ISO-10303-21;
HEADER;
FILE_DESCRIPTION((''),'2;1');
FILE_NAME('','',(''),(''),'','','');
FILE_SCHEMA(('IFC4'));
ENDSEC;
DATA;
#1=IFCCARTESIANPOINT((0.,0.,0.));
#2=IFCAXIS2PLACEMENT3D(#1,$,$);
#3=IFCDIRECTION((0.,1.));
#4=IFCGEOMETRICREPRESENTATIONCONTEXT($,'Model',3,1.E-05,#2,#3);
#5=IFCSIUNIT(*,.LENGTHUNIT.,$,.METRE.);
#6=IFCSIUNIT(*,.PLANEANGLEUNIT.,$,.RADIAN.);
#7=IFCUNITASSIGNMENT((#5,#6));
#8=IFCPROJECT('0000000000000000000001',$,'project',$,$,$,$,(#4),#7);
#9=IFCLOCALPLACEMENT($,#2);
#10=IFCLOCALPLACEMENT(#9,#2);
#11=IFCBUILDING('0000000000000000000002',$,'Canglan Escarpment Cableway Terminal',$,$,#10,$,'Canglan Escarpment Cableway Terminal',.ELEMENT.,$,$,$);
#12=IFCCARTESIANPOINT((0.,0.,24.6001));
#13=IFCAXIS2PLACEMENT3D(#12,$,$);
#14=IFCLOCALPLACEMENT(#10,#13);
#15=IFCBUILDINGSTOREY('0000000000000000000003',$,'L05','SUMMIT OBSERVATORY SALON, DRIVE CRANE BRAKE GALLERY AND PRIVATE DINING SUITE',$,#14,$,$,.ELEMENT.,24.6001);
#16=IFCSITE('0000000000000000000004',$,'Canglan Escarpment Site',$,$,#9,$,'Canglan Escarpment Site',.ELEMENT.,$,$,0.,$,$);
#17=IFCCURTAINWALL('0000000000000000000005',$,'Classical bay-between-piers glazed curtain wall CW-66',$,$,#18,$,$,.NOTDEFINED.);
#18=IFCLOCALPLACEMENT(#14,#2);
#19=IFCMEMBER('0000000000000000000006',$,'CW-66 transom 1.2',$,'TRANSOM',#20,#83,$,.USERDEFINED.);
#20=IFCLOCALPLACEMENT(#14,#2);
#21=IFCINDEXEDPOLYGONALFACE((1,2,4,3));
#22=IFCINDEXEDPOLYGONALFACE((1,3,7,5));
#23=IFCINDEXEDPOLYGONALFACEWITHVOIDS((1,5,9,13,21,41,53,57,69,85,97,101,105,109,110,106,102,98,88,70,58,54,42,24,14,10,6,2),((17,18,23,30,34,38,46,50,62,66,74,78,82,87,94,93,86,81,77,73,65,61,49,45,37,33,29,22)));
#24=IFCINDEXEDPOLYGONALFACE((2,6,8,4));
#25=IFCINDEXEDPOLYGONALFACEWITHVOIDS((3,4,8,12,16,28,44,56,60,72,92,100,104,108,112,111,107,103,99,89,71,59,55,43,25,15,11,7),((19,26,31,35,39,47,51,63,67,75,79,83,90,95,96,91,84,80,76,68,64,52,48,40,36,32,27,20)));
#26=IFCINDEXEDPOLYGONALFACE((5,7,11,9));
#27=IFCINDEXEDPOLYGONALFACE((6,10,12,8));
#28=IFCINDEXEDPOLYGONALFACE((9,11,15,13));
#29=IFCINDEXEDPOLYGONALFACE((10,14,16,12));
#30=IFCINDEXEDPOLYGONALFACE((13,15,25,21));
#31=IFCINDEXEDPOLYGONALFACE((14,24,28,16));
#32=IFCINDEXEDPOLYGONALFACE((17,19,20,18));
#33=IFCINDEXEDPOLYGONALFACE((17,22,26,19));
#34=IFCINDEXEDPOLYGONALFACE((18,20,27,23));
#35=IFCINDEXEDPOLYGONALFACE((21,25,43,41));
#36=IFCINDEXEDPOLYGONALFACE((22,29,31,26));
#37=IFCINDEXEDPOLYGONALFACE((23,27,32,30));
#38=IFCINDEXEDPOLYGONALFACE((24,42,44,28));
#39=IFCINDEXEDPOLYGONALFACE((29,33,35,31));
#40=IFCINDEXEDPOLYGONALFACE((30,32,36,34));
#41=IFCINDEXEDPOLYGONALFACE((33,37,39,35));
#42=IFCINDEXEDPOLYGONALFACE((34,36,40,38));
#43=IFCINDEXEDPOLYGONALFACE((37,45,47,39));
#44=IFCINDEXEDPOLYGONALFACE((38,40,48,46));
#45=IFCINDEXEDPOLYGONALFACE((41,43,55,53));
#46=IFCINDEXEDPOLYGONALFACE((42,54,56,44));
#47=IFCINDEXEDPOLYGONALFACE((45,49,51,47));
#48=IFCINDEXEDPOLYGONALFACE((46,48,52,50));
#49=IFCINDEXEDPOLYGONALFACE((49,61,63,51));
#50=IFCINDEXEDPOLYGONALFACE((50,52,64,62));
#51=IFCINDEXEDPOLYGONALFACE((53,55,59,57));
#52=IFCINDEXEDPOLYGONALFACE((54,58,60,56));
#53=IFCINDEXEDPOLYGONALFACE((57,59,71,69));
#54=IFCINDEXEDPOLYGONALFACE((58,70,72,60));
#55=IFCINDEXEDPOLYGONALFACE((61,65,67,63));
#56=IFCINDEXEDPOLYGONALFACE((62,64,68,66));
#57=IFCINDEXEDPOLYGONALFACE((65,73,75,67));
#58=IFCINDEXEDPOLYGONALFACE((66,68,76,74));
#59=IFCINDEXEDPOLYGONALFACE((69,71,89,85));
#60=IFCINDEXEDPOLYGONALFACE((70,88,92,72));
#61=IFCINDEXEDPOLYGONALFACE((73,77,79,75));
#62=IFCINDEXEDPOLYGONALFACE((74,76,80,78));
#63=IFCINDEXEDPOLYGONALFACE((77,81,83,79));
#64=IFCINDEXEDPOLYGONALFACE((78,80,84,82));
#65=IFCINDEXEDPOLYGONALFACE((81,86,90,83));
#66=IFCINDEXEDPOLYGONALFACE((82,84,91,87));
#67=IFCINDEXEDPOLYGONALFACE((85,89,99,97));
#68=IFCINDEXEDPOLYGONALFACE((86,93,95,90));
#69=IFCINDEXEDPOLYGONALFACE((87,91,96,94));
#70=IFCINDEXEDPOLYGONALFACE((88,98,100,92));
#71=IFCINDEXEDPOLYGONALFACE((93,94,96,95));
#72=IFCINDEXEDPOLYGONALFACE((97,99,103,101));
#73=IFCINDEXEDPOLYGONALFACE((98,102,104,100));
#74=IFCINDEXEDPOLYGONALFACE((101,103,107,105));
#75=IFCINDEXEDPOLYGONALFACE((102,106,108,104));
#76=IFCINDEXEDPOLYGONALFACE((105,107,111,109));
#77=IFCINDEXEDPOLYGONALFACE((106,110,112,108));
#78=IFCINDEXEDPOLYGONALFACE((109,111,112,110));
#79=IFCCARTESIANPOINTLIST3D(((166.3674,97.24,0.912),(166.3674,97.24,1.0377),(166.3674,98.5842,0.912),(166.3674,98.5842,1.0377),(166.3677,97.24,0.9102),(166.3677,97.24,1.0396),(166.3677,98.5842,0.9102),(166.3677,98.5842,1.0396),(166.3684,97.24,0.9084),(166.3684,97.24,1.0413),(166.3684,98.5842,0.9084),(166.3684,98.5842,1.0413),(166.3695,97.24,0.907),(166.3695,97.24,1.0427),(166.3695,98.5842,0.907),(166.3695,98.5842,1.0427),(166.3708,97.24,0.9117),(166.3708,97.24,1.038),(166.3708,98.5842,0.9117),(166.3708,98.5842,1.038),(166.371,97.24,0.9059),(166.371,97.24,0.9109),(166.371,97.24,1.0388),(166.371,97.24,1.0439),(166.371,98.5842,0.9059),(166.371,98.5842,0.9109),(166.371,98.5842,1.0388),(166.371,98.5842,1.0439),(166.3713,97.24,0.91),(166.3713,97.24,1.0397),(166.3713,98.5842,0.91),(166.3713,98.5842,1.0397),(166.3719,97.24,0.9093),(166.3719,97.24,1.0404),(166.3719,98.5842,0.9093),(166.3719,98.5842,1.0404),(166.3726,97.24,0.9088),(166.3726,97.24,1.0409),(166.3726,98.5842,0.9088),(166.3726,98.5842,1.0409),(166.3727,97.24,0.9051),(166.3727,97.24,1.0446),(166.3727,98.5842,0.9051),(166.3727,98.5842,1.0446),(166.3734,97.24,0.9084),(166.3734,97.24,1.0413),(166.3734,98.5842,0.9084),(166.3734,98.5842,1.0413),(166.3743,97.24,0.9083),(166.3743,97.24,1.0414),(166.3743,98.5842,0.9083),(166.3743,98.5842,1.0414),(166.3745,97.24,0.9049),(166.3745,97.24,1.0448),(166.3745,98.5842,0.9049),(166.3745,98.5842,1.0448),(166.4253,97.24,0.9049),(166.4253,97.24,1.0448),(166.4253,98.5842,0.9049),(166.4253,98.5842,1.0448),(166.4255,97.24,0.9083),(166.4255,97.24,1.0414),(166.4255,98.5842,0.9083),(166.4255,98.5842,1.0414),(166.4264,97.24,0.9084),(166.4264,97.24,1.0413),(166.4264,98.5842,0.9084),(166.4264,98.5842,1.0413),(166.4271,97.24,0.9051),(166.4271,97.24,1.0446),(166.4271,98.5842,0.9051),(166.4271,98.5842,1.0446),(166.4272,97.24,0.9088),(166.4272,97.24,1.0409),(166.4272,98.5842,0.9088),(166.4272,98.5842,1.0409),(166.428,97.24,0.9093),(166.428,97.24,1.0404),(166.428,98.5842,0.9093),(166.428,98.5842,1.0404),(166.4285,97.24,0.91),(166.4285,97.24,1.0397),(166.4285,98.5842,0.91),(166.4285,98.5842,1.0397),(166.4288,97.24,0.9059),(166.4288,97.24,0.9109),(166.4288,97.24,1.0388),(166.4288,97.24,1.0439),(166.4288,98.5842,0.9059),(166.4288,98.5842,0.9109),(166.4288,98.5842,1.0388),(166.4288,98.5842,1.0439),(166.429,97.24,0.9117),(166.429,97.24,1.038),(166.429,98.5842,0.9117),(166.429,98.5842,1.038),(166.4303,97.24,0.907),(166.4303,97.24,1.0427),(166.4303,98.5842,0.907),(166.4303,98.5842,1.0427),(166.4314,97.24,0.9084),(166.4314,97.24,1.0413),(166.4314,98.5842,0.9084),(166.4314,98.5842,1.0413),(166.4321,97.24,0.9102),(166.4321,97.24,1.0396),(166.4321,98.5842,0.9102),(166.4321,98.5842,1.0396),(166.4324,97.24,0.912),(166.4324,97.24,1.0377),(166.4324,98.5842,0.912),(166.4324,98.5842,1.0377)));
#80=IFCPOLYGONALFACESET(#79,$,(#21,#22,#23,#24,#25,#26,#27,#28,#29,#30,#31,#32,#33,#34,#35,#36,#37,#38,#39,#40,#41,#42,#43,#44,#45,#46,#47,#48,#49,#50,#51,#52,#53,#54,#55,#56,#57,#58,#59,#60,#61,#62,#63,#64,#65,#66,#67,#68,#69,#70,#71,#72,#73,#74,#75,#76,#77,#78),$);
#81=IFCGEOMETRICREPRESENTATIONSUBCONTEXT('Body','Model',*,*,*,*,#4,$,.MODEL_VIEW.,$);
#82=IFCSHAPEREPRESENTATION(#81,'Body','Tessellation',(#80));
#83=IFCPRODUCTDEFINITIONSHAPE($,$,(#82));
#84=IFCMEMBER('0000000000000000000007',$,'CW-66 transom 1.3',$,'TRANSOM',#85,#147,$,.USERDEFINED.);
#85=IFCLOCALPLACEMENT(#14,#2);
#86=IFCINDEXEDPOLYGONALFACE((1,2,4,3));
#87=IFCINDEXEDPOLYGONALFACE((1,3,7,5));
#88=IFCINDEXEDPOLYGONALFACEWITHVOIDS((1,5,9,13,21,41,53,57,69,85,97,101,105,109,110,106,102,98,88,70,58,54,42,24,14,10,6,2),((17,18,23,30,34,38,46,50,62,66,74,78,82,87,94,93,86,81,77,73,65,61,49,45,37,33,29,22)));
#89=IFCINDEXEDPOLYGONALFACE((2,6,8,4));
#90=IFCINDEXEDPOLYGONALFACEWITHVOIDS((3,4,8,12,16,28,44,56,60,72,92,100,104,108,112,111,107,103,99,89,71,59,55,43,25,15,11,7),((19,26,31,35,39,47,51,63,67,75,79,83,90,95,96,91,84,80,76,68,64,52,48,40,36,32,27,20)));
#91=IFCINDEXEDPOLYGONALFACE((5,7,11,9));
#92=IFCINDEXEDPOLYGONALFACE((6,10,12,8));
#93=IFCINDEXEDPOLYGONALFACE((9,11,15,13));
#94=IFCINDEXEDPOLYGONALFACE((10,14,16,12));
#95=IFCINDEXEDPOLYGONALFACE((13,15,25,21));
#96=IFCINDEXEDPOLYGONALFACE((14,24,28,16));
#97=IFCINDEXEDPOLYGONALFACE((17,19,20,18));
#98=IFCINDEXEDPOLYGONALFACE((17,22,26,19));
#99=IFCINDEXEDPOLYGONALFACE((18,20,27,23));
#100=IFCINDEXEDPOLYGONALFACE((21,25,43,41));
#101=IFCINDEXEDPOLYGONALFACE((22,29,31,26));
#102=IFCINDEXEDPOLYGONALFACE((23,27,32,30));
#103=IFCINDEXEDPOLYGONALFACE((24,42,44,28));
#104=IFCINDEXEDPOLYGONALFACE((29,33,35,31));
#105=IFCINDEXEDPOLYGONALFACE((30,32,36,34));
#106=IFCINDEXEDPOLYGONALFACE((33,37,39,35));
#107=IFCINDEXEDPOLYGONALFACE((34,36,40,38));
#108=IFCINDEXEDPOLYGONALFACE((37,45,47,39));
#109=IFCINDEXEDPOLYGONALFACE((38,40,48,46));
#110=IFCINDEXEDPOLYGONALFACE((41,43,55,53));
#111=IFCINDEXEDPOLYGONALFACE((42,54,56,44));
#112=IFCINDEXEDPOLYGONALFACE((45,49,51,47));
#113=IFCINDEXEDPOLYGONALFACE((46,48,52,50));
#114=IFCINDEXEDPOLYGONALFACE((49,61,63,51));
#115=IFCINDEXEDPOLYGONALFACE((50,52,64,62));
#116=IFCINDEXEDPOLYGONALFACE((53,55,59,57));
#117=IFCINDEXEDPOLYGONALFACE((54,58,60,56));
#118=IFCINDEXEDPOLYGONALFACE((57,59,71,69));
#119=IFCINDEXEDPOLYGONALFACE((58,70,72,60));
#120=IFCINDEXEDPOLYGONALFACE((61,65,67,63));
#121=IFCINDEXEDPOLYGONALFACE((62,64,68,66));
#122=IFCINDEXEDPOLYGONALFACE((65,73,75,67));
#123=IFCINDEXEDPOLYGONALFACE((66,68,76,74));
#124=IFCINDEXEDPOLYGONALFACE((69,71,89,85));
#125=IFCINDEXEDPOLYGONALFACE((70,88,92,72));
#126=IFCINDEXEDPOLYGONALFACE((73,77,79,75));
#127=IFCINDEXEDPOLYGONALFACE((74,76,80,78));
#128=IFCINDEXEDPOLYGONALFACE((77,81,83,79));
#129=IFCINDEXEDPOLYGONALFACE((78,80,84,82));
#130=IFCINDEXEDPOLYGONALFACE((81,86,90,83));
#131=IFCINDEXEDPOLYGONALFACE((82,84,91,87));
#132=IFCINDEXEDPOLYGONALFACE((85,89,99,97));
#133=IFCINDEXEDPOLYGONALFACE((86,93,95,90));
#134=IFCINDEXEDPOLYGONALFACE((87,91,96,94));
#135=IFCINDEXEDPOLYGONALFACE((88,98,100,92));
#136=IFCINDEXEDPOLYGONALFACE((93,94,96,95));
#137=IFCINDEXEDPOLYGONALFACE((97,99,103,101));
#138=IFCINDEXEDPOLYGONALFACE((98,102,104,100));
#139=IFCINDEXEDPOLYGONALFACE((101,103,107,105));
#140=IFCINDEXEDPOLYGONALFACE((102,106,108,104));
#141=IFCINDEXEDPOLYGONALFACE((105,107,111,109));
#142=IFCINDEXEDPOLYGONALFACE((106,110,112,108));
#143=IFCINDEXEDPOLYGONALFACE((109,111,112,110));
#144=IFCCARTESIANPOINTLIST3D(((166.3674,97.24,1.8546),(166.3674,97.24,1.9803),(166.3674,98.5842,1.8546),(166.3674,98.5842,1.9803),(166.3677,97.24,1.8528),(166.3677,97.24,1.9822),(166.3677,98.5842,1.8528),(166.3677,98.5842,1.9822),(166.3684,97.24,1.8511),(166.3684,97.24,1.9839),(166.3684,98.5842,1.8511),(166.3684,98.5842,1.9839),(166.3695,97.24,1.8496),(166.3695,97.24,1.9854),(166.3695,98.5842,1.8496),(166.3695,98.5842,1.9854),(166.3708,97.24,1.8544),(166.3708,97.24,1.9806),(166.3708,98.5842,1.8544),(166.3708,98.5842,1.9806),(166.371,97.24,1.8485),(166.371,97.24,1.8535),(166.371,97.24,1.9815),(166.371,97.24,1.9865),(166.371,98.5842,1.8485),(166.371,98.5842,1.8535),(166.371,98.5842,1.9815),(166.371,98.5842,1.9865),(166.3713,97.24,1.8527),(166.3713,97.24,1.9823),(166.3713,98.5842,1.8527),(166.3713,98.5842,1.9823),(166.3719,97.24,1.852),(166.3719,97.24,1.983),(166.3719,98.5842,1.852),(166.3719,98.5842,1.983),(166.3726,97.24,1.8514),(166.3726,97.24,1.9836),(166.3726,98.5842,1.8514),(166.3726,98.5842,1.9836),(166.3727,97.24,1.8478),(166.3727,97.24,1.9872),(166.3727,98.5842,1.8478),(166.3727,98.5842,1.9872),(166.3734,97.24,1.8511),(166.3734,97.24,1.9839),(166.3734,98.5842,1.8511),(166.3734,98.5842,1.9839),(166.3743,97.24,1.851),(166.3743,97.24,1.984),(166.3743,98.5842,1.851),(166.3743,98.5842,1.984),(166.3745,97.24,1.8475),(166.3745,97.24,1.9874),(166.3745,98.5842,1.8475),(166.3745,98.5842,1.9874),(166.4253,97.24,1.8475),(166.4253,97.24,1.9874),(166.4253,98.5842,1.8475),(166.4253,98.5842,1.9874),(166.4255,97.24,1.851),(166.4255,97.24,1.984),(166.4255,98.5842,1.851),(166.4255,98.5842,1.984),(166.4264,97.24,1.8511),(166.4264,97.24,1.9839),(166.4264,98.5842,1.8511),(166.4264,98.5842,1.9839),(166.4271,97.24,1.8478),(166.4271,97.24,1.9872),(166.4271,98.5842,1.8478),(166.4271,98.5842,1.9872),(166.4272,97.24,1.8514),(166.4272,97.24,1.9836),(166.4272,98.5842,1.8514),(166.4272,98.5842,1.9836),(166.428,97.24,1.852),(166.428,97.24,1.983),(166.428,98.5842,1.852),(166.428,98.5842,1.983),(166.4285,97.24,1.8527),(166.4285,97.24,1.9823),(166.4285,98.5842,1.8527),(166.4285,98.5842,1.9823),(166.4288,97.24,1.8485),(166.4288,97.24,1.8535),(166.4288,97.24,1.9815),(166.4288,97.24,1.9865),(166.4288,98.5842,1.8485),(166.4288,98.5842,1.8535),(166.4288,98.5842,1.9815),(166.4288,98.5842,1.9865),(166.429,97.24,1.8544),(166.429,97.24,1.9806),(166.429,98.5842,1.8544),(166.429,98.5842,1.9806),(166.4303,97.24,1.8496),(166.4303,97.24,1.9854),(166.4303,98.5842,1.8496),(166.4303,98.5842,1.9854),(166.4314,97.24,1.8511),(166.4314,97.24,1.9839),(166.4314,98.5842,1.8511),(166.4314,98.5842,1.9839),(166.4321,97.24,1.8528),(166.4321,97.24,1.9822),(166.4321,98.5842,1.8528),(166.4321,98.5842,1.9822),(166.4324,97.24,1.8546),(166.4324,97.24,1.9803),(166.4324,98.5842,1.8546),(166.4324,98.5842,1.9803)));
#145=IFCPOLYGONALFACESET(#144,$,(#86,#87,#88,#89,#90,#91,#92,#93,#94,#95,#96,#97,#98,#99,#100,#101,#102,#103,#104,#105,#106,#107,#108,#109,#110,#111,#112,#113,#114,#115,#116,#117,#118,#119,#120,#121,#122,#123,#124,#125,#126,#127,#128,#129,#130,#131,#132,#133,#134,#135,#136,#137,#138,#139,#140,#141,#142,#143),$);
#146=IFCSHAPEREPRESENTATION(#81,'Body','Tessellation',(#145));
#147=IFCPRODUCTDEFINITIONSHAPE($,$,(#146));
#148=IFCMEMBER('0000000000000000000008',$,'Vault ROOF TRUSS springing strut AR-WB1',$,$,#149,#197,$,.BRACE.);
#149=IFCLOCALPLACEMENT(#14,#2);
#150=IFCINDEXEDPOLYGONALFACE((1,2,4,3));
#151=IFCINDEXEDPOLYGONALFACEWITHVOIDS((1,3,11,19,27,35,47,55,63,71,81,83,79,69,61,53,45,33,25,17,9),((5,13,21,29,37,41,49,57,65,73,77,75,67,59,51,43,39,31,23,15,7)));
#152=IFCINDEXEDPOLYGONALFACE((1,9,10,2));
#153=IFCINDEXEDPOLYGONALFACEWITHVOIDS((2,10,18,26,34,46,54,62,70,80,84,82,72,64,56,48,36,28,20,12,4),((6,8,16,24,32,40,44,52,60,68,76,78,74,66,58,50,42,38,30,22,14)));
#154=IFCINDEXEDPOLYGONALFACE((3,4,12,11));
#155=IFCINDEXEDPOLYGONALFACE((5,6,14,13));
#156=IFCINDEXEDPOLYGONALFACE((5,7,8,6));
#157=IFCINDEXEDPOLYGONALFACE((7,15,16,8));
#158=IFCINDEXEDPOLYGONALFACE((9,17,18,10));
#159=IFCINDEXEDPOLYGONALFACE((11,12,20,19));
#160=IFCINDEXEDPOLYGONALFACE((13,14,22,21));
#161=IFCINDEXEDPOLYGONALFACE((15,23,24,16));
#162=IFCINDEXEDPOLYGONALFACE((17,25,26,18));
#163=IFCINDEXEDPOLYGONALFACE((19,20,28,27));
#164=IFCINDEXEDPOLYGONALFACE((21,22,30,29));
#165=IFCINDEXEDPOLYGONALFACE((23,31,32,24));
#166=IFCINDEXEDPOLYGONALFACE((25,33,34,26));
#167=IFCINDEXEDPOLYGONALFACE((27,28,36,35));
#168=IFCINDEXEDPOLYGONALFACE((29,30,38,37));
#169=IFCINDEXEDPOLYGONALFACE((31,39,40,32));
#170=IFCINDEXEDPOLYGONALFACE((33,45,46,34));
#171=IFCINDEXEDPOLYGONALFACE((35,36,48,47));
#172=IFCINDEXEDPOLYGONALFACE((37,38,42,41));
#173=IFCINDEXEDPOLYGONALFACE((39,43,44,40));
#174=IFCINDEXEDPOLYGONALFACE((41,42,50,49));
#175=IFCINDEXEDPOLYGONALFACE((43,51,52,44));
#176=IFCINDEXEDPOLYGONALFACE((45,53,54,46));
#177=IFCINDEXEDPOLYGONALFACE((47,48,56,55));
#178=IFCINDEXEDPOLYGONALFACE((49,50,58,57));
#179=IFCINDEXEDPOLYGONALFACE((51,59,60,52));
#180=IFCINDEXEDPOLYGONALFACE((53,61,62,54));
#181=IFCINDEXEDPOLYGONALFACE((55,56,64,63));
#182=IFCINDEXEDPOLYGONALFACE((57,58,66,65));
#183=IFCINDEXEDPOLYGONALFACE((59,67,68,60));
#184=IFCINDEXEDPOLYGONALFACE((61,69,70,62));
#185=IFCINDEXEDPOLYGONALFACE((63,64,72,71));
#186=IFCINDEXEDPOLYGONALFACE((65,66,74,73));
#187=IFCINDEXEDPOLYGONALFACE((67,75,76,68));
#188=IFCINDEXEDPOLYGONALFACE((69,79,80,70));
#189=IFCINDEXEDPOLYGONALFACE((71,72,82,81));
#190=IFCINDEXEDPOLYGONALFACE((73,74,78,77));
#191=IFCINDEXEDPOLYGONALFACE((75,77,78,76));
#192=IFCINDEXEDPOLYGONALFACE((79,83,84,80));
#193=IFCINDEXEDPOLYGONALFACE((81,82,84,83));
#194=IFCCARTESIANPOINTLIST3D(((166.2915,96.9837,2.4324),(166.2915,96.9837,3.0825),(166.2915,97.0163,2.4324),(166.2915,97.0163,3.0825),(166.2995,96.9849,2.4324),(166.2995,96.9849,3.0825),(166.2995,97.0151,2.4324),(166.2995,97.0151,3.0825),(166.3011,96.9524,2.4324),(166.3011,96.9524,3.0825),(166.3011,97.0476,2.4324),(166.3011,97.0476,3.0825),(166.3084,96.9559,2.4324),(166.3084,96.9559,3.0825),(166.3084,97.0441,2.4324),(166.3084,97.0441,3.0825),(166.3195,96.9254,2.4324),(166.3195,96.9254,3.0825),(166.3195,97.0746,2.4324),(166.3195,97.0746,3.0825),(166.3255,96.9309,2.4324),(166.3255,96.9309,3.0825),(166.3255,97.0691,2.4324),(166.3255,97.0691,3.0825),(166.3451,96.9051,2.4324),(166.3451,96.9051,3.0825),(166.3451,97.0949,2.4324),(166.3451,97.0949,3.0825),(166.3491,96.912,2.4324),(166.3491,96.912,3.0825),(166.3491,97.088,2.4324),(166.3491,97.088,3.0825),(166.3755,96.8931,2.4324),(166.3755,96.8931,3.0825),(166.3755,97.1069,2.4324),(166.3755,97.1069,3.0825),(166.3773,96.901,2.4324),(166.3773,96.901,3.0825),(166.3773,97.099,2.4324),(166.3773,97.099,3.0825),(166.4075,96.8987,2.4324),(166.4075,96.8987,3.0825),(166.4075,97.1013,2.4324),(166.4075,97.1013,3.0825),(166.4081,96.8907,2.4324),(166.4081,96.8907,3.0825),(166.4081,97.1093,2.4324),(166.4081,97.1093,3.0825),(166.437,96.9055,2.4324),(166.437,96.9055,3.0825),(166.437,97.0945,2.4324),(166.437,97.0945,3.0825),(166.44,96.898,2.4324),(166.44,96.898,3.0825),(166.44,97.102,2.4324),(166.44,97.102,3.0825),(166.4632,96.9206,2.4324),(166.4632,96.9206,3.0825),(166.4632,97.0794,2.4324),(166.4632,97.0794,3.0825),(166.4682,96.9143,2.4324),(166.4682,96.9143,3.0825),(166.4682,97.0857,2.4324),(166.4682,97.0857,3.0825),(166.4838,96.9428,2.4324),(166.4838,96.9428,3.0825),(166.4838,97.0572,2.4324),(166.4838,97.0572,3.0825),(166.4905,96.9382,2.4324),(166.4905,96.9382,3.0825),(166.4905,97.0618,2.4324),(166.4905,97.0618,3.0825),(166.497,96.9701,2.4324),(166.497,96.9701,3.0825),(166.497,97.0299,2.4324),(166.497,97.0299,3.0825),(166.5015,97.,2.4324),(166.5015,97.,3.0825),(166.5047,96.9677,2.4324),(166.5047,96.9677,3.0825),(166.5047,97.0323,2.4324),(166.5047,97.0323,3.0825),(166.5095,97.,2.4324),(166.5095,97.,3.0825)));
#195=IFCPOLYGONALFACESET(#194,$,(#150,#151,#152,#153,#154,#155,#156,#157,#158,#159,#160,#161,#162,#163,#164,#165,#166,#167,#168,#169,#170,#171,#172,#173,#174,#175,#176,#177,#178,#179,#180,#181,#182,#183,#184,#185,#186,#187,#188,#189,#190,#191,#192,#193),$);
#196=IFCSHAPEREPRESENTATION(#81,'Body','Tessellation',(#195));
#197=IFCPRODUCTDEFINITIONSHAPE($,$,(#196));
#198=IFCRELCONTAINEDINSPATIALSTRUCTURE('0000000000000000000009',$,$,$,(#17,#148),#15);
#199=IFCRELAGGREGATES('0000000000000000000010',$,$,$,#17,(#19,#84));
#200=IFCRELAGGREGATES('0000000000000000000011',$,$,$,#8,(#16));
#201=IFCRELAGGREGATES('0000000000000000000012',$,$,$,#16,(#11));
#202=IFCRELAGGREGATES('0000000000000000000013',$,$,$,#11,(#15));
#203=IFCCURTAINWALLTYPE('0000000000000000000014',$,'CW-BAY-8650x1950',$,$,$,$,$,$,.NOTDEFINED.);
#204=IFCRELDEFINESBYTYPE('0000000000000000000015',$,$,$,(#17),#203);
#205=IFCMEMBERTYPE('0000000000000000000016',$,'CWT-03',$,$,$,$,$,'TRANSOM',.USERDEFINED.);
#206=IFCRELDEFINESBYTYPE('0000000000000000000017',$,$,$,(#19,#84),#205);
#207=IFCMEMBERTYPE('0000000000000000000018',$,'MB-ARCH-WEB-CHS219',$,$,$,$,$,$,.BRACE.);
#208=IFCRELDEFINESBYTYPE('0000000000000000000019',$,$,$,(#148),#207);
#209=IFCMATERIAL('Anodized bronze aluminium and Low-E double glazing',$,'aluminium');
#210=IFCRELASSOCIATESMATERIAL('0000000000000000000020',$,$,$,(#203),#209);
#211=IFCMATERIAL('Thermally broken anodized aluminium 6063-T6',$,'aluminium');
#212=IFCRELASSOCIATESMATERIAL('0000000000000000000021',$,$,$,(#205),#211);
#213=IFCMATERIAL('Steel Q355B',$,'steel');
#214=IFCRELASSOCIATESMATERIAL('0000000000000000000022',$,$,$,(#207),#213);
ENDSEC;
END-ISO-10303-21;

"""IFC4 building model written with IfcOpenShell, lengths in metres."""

from ifc_helpers import new_model, si_unit, direction, frame, origin, origin_2d, place, context, subcontext, project, spatial, hollow_rectangle, hollow_circle, extrude, material, material_profile, profile_set, type_object, element, aggregate, save


model = new_model("IFC4")

# Units and contexts
model_context = context("Model", 3, precision=1e-05, world=origin(), true_north=direction((0.0, 1.0)))
body_context = subcontext(model_context, "Body", "Model", "MODEL_VIEW")
ifc_project = project(units=[si_unit("LENGTHUNIT", "METRE"), si_unit("PLANEANGLEUNIT", "RADIAN")], contexts=[model_context])

# Site, building, storey
site_placement = place(None, origin())
site = spatial("IfcSite", under=ifc_project, at=site_placement, Name="Canglan Escarpment Site", LongName="Canglan Escarpment Site", CompositionType="ELEMENT", RefElevation=0.0)
building_placement = place(site_placement, origin())
building = spatial("IfcBuilding", under=site, at=building_placement, Name="Canglan Escarpment Cableway Terminal", LongName="Canglan Escarpment Cableway Terminal", CompositionType="ELEMENT")
storey_placement = place(building_placement, frame((0.0, 0.0, 24.6001)))
storey = spatial("IfcBuildingStorey", under=building, at=storey_placement, Name="L05", Description="SUMMIT OBSERVATORY SALON, DRIVE CRANE BRAKE GALLERY AND PRIVATE DINING SUITE", CompositionType="ELEMENT", Elevation=24.6001)

# Shared definitions
ifc_material_1 = material(Name="Steel Q355B", Category="steel")

# Shared definitions
ifc_material_2 = material(Name="Anodized bronze aluminium and Low-E double glazing", Category="aluminium")
curtain_wall_type = type_object("IfcCurtainWallType", Name="CW-BAY-8650x1950", PredefinedType="NOTDEFINED", material=ifc_material_2)
ifc_material_3 = material(Name="Thermally broken anodized aluminium 6063-T6", Category="aluminium")

# Curtain wall
curtain_wall_1_placement = place(storey_placement, origin())
curtain_wall_1 = element("IfcCurtainWall", 1, at=curtain_wall_1_placement, inside=storey, type_object=curtain_wall_type, Name="Classical bay-between-piers glazed curtain wall CW-66", PredefinedType="NOTDEFINED")

# Members
ifc_material_profile_1 = material_profile(ifc_material_3, hollow_rectangle(XDim=0.0649, YDim=0.1399, WallThickness=0.0034, InnerFilletRadius=0.0034, OuterFilletRadius=0.0071, at=origin_2d()), Name="ALU-TRAN 65x140x3.5")
ifc_profile_set_1 = profile_set([ifc_material_profile_1], Name="Thermally broken anodized aluminium 6063-T6")
member_type_1 = type_object("IfcMemberType", Name="CWT-03", ElementType="TRANSOM", PredefinedType="USERDEFINED", material=ifc_profile_set_1)
member_1_placement = place(storey_placement, frame((166.3999, 97.24, 0.9749), z_axis=(0.0, 1.0, 0.0), x_axis=(-1.0, 0.0, 0.0)))
member_1 = element("IfcMember", 2, at=member_1_placement, type_object=member_type_1, Name="CW-66 transom 1.2", ObjectType="TRANSOM", PredefinedType="USERDEFINED", context=body_context, shape_type="SweptSolid", body=[
    extrude(hollow_rectangle(XDim=0.0649, YDim=0.1399, WallThickness=0.0034, InnerFilletRadius=0.0034, OuterFilletRadius=0.0071, at=origin_2d()), origin(), (0.0, 0.0, 1.0), 1.3442),
])
member_2_placement = place(storey_placement, frame((166.3999, 97.24, 1.9175), z_axis=(0.0, 1.0, 0.0), x_axis=(-1.0, 0.0, 0.0)))
member_2 = element("IfcMember", 3, at=member_2_placement, type_object=member_type_1, Name="CW-66 transom 1.3", ObjectType="TRANSOM", PredefinedType="USERDEFINED", context=body_context, shape_type="SweptSolid", body=[
    extrude(hollow_rectangle(XDim=0.0649, YDim=0.1399, WallThickness=0.0034, InnerFilletRadius=0.0034, OuterFilletRadius=0.0071, at=origin_2d()), origin(), (0.0, 0.0, 1.0), 1.3442),
])
ifc_material_profile_2 = material_profile(ifc_material_1, hollow_circle(Radius=0.1096, WallThickness=0.0081, at=origin_2d()), Name="CHS 219.1x8")
ifc_profile_set_2 = profile_set([ifc_material_profile_2], Name="Steel Q355B")
member_type_2 = type_object("IfcMemberType", Name="MB-ARCH-WEB-CHS219", PredefinedType="BRACE", material=ifc_profile_set_2)
member_3_placement = place(storey_placement, frame((166.3999, 97.0, 2.4324), z_axis=(0.0, 0.0, 1.0), x_axis=(1.0, 0.0, 0.0)))
element("IfcMember", 4, at=member_3_placement, inside=storey, type_object=member_type_2, Name="Vault ROOF TRUSS springing strut AR-WB1", PredefinedType="BRACE", context=body_context, shape_type="SweptSolid", body=[
    extrude(hollow_circle(Radius=0.1096, WallThickness=0.0081, at=origin_2d()), origin(), (0.0, 0.0, 1.0), 0.6501),
])

aggregate(curtain_wall_1, [member_1, member_2])

save(model, "model.ifc")
